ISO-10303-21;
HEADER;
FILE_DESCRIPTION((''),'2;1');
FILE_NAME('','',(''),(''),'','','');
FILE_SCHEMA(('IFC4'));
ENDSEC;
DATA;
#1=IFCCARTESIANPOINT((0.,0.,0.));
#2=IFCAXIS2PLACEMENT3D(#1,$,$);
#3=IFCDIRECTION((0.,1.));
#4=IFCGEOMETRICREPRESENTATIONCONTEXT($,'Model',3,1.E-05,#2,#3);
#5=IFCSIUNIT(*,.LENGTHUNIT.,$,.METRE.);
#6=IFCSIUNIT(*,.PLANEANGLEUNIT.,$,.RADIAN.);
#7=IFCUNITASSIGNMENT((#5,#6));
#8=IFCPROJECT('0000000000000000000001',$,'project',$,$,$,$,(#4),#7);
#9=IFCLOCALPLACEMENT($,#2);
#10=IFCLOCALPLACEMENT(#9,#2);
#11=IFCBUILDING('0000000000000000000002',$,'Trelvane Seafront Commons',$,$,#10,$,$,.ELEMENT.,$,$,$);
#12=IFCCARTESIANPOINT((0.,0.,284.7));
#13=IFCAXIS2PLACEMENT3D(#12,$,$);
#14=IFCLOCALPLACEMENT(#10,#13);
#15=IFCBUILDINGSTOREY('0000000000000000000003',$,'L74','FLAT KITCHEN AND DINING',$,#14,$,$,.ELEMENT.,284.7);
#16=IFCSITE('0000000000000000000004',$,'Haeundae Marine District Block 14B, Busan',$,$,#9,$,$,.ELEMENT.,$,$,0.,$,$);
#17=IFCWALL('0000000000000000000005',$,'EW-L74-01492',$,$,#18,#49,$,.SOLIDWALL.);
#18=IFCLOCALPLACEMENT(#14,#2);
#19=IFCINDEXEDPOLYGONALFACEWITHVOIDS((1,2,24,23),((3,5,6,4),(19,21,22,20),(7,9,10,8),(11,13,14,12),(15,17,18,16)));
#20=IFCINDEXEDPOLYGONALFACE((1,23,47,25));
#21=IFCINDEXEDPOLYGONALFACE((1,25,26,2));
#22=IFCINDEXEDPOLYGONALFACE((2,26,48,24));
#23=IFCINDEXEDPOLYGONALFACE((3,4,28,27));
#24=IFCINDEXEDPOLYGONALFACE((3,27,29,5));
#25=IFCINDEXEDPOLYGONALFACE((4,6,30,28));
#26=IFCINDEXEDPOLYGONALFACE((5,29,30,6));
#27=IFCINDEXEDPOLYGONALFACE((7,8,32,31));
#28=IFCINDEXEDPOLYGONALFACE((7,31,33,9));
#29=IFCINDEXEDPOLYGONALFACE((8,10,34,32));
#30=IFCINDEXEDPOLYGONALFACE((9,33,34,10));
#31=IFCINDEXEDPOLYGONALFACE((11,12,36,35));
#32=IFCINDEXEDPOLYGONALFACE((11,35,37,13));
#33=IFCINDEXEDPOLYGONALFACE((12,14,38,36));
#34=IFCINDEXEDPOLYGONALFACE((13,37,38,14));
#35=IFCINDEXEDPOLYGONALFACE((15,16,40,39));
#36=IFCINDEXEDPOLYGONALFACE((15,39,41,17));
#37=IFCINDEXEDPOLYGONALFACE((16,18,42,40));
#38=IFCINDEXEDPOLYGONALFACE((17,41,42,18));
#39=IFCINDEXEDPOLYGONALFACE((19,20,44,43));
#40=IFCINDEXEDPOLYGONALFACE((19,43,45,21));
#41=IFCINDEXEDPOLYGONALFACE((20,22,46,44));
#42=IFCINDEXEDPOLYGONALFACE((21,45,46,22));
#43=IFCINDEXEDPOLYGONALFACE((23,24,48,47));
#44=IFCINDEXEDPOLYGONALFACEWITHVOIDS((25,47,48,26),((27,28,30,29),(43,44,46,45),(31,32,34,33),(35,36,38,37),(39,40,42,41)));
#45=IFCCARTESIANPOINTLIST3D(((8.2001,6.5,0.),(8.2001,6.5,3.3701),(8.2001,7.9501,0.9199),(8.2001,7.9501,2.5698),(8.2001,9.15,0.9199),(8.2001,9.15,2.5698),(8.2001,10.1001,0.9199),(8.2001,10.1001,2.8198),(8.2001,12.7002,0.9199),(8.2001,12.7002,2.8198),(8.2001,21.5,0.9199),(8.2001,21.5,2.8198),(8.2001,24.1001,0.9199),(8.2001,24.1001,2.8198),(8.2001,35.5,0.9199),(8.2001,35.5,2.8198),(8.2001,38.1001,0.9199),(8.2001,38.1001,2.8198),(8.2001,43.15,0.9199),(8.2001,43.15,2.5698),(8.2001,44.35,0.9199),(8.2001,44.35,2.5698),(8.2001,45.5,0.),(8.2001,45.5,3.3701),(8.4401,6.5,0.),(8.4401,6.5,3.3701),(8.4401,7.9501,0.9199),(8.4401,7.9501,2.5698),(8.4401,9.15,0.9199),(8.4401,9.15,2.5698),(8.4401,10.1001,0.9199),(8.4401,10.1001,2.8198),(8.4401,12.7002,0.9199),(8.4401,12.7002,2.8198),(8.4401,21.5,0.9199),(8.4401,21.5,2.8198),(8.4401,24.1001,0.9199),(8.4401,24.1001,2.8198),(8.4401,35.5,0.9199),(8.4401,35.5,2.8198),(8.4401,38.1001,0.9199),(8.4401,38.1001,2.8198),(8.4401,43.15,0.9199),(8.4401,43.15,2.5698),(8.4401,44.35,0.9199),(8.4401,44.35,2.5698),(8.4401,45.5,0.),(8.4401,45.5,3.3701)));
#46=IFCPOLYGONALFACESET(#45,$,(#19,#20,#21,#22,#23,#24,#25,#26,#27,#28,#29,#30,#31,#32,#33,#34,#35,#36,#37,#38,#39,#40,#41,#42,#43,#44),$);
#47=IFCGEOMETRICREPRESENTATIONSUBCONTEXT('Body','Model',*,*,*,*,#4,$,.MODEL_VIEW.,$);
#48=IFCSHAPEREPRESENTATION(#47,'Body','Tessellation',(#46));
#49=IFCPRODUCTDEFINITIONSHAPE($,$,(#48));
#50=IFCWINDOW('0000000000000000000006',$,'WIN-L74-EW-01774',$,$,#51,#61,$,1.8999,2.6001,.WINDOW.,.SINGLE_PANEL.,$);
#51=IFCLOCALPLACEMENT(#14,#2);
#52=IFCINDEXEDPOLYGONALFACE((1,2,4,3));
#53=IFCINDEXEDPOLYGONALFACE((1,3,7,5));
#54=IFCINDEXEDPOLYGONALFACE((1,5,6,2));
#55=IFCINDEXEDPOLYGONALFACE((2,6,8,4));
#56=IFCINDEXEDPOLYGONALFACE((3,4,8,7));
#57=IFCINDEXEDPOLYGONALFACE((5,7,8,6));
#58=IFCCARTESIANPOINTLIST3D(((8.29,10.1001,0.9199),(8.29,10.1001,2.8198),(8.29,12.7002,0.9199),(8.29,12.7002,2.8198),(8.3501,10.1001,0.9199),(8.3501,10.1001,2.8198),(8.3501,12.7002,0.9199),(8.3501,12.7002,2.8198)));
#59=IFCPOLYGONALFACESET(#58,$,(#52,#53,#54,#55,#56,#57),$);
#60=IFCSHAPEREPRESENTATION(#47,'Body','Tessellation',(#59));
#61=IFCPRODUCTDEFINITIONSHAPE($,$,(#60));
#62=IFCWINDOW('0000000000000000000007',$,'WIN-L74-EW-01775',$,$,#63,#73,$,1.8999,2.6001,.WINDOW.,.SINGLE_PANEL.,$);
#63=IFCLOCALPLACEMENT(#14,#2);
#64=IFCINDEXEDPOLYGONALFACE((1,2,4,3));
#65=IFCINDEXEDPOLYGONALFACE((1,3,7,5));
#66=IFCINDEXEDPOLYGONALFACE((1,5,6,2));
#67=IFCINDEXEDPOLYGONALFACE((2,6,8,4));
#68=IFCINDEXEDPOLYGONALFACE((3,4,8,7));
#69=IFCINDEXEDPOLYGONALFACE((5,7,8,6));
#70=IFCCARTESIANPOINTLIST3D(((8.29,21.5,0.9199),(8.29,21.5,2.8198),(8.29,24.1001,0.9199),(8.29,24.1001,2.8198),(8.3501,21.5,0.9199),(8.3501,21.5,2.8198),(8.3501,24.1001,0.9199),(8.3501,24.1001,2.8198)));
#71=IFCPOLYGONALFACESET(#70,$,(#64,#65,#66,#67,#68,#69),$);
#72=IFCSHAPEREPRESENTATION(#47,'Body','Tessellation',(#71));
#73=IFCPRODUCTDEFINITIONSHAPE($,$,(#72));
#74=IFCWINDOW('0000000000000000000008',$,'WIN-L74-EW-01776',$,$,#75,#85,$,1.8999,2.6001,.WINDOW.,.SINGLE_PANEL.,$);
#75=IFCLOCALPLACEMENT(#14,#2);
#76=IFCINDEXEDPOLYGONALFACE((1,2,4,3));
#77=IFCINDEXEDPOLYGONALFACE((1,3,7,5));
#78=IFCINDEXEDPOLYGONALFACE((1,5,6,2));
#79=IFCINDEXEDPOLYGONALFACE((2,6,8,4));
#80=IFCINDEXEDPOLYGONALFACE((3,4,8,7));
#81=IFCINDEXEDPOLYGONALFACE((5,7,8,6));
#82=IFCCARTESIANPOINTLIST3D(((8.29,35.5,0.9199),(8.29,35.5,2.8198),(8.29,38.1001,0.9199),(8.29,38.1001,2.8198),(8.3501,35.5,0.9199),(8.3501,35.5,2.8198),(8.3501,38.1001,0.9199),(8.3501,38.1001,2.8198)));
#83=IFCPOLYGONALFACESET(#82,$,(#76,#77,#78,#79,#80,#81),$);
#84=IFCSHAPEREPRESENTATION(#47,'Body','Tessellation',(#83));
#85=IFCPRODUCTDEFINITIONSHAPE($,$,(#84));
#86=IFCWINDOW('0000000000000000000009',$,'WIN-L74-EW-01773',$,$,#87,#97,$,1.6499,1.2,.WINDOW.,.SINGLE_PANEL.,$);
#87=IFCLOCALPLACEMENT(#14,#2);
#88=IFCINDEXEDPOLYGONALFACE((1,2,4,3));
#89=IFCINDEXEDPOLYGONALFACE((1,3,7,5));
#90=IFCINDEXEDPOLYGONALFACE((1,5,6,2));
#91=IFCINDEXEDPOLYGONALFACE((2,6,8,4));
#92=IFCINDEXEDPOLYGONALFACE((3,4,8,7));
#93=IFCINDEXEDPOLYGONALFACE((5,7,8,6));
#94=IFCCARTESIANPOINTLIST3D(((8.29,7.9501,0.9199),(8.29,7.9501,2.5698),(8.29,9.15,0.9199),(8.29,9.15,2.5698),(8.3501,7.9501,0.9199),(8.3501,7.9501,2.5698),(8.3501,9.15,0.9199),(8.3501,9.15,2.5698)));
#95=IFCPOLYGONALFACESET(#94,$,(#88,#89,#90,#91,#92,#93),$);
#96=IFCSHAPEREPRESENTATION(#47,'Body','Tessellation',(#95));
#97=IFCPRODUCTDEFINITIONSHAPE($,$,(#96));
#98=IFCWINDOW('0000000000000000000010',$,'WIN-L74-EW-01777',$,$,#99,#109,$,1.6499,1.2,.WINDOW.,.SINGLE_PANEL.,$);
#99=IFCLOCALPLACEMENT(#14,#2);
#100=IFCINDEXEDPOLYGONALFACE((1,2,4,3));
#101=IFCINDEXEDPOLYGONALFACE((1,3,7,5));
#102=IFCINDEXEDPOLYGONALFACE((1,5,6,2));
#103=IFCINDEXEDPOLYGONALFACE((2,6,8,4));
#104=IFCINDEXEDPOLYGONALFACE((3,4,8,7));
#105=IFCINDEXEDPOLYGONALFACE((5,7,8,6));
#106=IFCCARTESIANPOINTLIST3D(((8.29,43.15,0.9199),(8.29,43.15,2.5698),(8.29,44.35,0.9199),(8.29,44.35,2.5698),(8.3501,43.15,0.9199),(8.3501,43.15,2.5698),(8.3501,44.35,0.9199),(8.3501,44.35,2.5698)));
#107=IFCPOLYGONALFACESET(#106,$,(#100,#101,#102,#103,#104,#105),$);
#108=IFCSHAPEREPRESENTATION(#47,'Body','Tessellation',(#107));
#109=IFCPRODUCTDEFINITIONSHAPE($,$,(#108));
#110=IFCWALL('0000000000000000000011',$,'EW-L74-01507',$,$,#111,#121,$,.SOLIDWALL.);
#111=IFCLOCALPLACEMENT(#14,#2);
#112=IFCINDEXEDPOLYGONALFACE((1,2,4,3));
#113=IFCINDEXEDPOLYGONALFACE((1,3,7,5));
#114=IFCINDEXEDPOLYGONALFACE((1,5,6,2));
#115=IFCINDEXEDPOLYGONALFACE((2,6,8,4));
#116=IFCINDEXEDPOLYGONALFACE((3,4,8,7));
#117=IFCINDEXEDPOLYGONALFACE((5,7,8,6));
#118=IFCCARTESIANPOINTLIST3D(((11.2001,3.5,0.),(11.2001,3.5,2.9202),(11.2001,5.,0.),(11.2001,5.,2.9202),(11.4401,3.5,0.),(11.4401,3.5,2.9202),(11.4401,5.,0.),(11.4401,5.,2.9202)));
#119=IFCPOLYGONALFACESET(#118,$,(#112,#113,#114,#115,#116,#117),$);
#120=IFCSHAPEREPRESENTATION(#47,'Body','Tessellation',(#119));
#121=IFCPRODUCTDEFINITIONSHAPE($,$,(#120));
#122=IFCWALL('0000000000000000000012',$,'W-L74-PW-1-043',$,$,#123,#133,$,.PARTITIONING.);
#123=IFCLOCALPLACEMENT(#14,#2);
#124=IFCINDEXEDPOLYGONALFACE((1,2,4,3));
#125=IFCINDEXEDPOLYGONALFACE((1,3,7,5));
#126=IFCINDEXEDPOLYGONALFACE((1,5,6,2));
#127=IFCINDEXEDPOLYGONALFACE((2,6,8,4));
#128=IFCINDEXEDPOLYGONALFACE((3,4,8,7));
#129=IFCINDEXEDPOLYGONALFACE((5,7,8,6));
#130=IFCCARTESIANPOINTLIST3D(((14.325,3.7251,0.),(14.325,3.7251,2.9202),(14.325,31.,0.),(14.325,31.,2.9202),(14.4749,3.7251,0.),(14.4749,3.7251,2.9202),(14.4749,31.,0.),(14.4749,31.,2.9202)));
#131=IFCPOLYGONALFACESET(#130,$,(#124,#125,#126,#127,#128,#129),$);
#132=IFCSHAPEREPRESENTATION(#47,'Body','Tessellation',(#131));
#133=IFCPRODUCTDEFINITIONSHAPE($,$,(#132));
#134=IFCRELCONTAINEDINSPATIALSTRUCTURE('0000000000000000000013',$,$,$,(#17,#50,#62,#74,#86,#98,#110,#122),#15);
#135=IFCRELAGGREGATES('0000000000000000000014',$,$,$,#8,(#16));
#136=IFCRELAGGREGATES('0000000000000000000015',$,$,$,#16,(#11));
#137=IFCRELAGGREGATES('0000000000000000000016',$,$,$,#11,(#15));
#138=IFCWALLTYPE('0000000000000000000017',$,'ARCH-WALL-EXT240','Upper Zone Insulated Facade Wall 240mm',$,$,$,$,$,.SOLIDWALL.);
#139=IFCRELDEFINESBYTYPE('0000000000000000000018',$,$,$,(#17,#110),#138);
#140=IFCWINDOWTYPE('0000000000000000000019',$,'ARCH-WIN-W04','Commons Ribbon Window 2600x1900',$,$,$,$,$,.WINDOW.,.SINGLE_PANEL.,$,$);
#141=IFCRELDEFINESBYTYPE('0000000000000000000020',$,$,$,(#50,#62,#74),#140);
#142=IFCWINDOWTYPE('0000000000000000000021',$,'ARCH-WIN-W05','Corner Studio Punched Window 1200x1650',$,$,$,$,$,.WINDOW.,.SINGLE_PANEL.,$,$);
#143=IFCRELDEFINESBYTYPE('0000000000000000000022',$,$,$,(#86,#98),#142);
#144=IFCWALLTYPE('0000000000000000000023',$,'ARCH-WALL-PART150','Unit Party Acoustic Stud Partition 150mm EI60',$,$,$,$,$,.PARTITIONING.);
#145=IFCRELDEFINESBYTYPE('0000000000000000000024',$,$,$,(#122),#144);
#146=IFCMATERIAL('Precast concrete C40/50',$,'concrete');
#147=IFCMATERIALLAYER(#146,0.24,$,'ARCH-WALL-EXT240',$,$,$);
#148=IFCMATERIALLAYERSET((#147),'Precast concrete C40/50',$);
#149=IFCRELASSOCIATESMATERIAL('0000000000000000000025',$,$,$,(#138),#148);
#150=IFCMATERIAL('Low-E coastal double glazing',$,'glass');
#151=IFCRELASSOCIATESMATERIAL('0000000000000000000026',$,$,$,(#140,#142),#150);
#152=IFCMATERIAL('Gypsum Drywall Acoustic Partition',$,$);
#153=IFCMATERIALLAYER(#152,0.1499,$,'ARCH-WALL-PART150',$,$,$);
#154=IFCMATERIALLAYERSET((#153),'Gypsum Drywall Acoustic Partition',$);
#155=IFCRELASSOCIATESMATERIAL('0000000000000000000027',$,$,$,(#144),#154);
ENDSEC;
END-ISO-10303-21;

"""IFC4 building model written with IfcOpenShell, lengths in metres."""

from ifc_helpers import new_model, si_unit, direction, frame, frame_2d, origin, place, context, subcontext, project, spatial, rectangle, extrude, source, transform, mapped, material, layer, layer_set, type_object, element, fill, save


model = new_model("IFC4")

# Units and contexts
model_context = context("Model", 3, precision=1e-05, world=origin(), true_north=direction((0.0, 1.0)))
body_context = subcontext(model_context, "Body", "Model", "MODEL_VIEW")
ifc_project = project(units=[si_unit("LENGTHUNIT", "METRE"), si_unit("PLANEANGLEUNIT", "RADIAN")], contexts=[model_context])

# Site, building, storey
site_placement = place(None, origin())
site = spatial("IfcSite", under=ifc_project, at=site_placement, Name="Haeundae Marine District Block 14B, Busan", CompositionType="ELEMENT", RefElevation=0.0)
building_placement = place(site_placement, origin())
building = spatial("IfcBuilding", under=site, at=building_placement, Name="Trelvane Seafront Commons", CompositionType="ELEMENT")
storey_placement = place(building_placement, frame((0.0, 0.0, 284.7)))
storey = spatial("IfcBuildingStorey", under=building, at=storey_placement, Name="L74", Description="FLAT KITCHEN AND DINING", CompositionType="ELEMENT", Elevation=284.7)

# Shared definitions
ifc_material_1 = material(Name="Precast concrete C40/50", Category="concrete")
ifc_layer_1 = layer(ifc_material_1, 0.24, Name="ARCH-WALL-EXT240")
ifc_layer_set_1 = layer_set([ifc_layer_1], Name="Precast concrete C40/50")
wall_type_1 = type_object("IfcWallType", Name="ARCH-WALL-EXT240", Description="Upper Zone Insulated Facade Wall 240mm", PredefinedType="SOLIDWALL", material=ifc_layer_set_1)

# Wall, openings, windows
wall_1_placement = place(storey_placement, frame((8.3201, 6.5, 0.0), z_axis=(0.0, 0.0, 1.0), x_axis=(0.0, 1.0, 0.0)))
wall_1 = element("IfcWall", 1, at=wall_1_placement, inside=storey, type_object=wall_type_1, Name="EW-L74-01492", PredefinedType="SOLIDWALL", context=body_context, shape_type="SweptSolid", body=[
    extrude(rectangle(XDim=39.0, YDim=0.24, at=frame_2d((19.5, 0.0))), origin(), (0.0, 0.0, 1.0), 3.3701),
])
opening_1_placement = place(wall_1_placement, frame((1.45, 0.0, 0.9199)))
opening_1 = element("IfcOpeningElement", 2, at=opening_1_placement, cuts=wall_1, PredefinedType="OPENING", context=body_context, shape_type="SweptSolid", body=[
    extrude(rectangle(XDim=1.2, YDim=1.6499, at=frame_2d((0.6001, 0.825))), frame((0.0, 0.1299, 0.0), z_axis=(0.0, -1.0, 0.0), x_axis=(1.0, 0.0, 0.0)), (0.0, 0.0, 1.0), 0.26),
])
opening_2_placement = place(wall_1_placement, frame((3.6001, 0.0, 0.9199)))
opening_2 = element("IfcOpeningElement", 3, at=opening_2_placement, cuts=wall_1, PredefinedType="OPENING", context=body_context, shape_type="SweptSolid", body=[
    extrude(rectangle(XDim=2.6001, YDim=1.8999, at=frame_2d((1.3, 0.95))), frame((0.0, 0.1299, 0.0), z_axis=(0.0, -1.0, 0.0), x_axis=(1.0, 0.0, 0.0)), (0.0, 0.0, 1.0), 0.26),
])
opening_3_placement = place(wall_1_placement, frame((15.0, 0.0, 0.9199)))
opening_3 = element("IfcOpeningElement", 4, at=opening_3_placement, cuts=wall_1, PredefinedType="OPENING", context=body_context, shape_type="SweptSolid", body=[
    extrude(rectangle(XDim=2.6001, YDim=1.8999, at=frame_2d((1.3, 0.95))), frame((0.0, 0.1299, 0.0), z_axis=(0.0, -1.0, 0.0), x_axis=(1.0, 0.0, 0.0)), (0.0, 0.0, 1.0), 0.26),
])
opening_4_placement = place(wall_1_placement, frame((29.0, 0.0, 0.9199)))
opening_4 = element("IfcOpeningElement", 5, at=opening_4_placement, cuts=wall_1, PredefinedType="OPENING", context=body_context, shape_type="SweptSolid", body=[
    extrude(rectangle(XDim=2.6001, YDim=1.8999, at=frame_2d((1.3, 0.95))), frame((0.0, 0.1299, 0.0), z_axis=(0.0, -1.0, 0.0), x_axis=(1.0, 0.0, 0.0)), (0.0, 0.0, 1.0), 0.26),
])
opening_5_placement = place(wall_1_placement, frame((36.6499, 0.0, 0.9199)))
opening_5 = element("IfcOpeningElement", 6, at=opening_5_placement, cuts=wall_1, PredefinedType="OPENING", context=body_context, shape_type="SweptSolid", body=[
    extrude(rectangle(XDim=1.2, YDim=1.6499, at=frame_2d((0.6001, 0.825))), frame((0.0, 0.1299, 0.0), z_axis=(0.0, -1.0, 0.0), x_axis=(1.0, 0.0, 0.0)), (0.0, 0.0, 1.0), 0.26),
])
ifc_material_2 = material(Name="Low-E coastal double glazing", Category="glass")
window_type_1 = type_object("IfcWindowType", Name="ARCH-WIN-W04", Description="Commons Ribbon Window 2600x1900", PartitioningType="SINGLE_PANEL", PredefinedType="WINDOW", material=ifc_material_2)
shared_shape_1 = source(origin(), body_context, "Body", "SweptSolid", [
    extrude(rectangle(XDim=2.6001, YDim=1.8999, at=frame_2d((1.3, 0.95))), frame((0.0, 0.03, 0.0), z_axis=(0.0, -1.0, 0.0), x_axis=(1.0, 0.0, 0.0)), (0.0, 0.0, 1.0), 0.0601),
])
window_1_placement = place(opening_2_placement, origin())
window_1 = element("IfcWindow", 7, at=window_1_placement, inside=storey, type_object=window_type_1, Name="WIN-L74-EW-01774", OverallHeight=1.8999, OverallWidth=2.6001, PartitioningType="SINGLE_PANEL", PredefinedType="WINDOW", context=body_context, shape_type="MappedRepresentation", body=[
    mapped(shared_shape_1, transform((0.0, 0.0, 0.0), x_axis=(1.0, 0.0, 0.0), y_axis=(0.0, 1.0, 0.0), z_axis=(0.0, 0.0, 1.0), scale=1.0)),
])
fill(opening_2, window_1)
window_2_placement = place(opening_3_placement, origin())
window_2 = element("IfcWindow", 8, at=window_2_placement, inside=storey, type_object=window_type_1, Name="WIN-L74-EW-01775", OverallHeight=1.8999, OverallWidth=2.6001, PartitioningType="SINGLE_PANEL", PredefinedType="WINDOW", context=body_context, shape_type="MappedRepresentation", body=[
    mapped(shared_shape_1, transform((0.0, 0.0, 0.0), x_axis=(1.0, 0.0, 0.0), y_axis=(0.0, 1.0, 0.0), z_axis=(0.0, 0.0, 1.0), scale=1.0)),
])
fill(opening_3, window_2)
window_3_placement = place(opening_4_placement, origin())
window_3 = element("IfcWindow", 9, at=window_3_placement, inside=storey, type_object=window_type_1, Name="WIN-L74-EW-01776", OverallHeight=1.8999, OverallWidth=2.6001, PartitioningType="SINGLE_PANEL", PredefinedType="WINDOW", context=body_context, shape_type="MappedRepresentation", body=[
    mapped(shared_shape_1, transform((0.0, 0.0, 0.0), x_axis=(1.0, 0.0, 0.0), y_axis=(0.0, 1.0, 0.0), z_axis=(0.0, 0.0, 1.0), scale=1.0)),
])
fill(opening_4, window_3)
window_type_2 = type_object("IfcWindowType", Name="ARCH-WIN-W05", Description="Corner Studio Punched Window 1200x1650", PartitioningType="SINGLE_PANEL", PredefinedType="WINDOW", material=ifc_material_2)
shared_shape_2 = source(origin(), body_context, "Body", "SweptSolid", [
    extrude(rectangle(XDim=1.2, YDim=1.6499, at=frame_2d((0.6001, 0.825))), frame((0.0, 0.03, 0.0), z_axis=(0.0, -1.0, 0.0), x_axis=(1.0, 0.0, 0.0)), (0.0, 0.0, 1.0), 0.0601),
])
window_4_placement = place(opening_1_placement, origin())
window_4 = element("IfcWindow", 10, at=window_4_placement, inside=storey, type_object=window_type_2, Name="WIN-L74-EW-01773", OverallHeight=1.6499, OverallWidth=1.2, PartitioningType="SINGLE_PANEL", PredefinedType="WINDOW", context=body_context, shape_type="MappedRepresentation", body=[
    mapped(shared_shape_2, transform((0.0, 0.0, 0.0), x_axis=(1.0, 0.0, 0.0), y_axis=(0.0, 1.0, 0.0), z_axis=(0.0, 0.0, 1.0), scale=1.0)),
])
fill(opening_1, window_4)
window_5_placement = place(opening_5_placement, origin())
window_5 = element("IfcWindow", 11, at=window_5_placement, inside=storey, type_object=window_type_2, Name="WIN-L74-EW-01777", OverallHeight=1.6499, OverallWidth=1.2, PartitioningType="SINGLE_PANEL", PredefinedType="WINDOW", context=body_context, shape_type="MappedRepresentation", body=[
    mapped(shared_shape_2, transform((0.0, 0.0, 0.0), x_axis=(1.0, 0.0, 0.0), y_axis=(0.0, 1.0, 0.0), z_axis=(0.0, 0.0, 1.0), scale=1.0)),
])
fill(opening_5, window_5)

# Wall
wall_2_placement = place(storey_placement, frame((11.3201, 3.5, 0.0), z_axis=(0.0, 0.0, 1.0), x_axis=(0.0, 1.0, 0.0)))
element("IfcWall", 12, at=wall_2_placement, inside=storey, type_object=wall_type_1, Name="EW-L74-01507", PredefinedType="SOLIDWALL", context=body_context, shape_type="SweptSolid", body=[
    extrude(rectangle(XDim=1.5, YDim=0.24, at=frame_2d((0.75, 0.0))), origin(), (0.0, 0.0, 1.0), 2.9202),
])

# Shared definitions
ifc_material_3 = material(Name="Gypsum Drywall Acoustic Partition")

# Wall
ifc_layer_2 = layer(ifc_material_3, 0.1499, Name="ARCH-WALL-PART150")
ifc_layer_set_2 = layer_set([ifc_layer_2], Name="Gypsum Drywall Acoustic Partition")
wall_type_2 = type_object("IfcWallType", Name="ARCH-WALL-PART150", Description="Unit Party Acoustic Stud Partition 150mm EI60", PredefinedType="PARTITIONING", material=ifc_layer_set_2)
wall_3_placement = place(storey_placement, frame((14.3999, 3.7251, 0.0), z_axis=(0.0, 0.0, 1.0), x_axis=(0.0, 1.0, 0.0)))
element("IfcWall", 13, at=wall_3_placement, inside=storey, type_object=wall_type_2, Name="W-L74-PW-1-043", PredefinedType="PARTITIONING", context=body_context, shape_type="SweptSolid", body=[
    extrude(rectangle(XDim=27.2749, YDim=0.1499, at=frame_2d((13.6375, 0.0))), origin(), (0.0, 0.0, 1.0), 2.9202),
])

save(model, "model.ifc")
